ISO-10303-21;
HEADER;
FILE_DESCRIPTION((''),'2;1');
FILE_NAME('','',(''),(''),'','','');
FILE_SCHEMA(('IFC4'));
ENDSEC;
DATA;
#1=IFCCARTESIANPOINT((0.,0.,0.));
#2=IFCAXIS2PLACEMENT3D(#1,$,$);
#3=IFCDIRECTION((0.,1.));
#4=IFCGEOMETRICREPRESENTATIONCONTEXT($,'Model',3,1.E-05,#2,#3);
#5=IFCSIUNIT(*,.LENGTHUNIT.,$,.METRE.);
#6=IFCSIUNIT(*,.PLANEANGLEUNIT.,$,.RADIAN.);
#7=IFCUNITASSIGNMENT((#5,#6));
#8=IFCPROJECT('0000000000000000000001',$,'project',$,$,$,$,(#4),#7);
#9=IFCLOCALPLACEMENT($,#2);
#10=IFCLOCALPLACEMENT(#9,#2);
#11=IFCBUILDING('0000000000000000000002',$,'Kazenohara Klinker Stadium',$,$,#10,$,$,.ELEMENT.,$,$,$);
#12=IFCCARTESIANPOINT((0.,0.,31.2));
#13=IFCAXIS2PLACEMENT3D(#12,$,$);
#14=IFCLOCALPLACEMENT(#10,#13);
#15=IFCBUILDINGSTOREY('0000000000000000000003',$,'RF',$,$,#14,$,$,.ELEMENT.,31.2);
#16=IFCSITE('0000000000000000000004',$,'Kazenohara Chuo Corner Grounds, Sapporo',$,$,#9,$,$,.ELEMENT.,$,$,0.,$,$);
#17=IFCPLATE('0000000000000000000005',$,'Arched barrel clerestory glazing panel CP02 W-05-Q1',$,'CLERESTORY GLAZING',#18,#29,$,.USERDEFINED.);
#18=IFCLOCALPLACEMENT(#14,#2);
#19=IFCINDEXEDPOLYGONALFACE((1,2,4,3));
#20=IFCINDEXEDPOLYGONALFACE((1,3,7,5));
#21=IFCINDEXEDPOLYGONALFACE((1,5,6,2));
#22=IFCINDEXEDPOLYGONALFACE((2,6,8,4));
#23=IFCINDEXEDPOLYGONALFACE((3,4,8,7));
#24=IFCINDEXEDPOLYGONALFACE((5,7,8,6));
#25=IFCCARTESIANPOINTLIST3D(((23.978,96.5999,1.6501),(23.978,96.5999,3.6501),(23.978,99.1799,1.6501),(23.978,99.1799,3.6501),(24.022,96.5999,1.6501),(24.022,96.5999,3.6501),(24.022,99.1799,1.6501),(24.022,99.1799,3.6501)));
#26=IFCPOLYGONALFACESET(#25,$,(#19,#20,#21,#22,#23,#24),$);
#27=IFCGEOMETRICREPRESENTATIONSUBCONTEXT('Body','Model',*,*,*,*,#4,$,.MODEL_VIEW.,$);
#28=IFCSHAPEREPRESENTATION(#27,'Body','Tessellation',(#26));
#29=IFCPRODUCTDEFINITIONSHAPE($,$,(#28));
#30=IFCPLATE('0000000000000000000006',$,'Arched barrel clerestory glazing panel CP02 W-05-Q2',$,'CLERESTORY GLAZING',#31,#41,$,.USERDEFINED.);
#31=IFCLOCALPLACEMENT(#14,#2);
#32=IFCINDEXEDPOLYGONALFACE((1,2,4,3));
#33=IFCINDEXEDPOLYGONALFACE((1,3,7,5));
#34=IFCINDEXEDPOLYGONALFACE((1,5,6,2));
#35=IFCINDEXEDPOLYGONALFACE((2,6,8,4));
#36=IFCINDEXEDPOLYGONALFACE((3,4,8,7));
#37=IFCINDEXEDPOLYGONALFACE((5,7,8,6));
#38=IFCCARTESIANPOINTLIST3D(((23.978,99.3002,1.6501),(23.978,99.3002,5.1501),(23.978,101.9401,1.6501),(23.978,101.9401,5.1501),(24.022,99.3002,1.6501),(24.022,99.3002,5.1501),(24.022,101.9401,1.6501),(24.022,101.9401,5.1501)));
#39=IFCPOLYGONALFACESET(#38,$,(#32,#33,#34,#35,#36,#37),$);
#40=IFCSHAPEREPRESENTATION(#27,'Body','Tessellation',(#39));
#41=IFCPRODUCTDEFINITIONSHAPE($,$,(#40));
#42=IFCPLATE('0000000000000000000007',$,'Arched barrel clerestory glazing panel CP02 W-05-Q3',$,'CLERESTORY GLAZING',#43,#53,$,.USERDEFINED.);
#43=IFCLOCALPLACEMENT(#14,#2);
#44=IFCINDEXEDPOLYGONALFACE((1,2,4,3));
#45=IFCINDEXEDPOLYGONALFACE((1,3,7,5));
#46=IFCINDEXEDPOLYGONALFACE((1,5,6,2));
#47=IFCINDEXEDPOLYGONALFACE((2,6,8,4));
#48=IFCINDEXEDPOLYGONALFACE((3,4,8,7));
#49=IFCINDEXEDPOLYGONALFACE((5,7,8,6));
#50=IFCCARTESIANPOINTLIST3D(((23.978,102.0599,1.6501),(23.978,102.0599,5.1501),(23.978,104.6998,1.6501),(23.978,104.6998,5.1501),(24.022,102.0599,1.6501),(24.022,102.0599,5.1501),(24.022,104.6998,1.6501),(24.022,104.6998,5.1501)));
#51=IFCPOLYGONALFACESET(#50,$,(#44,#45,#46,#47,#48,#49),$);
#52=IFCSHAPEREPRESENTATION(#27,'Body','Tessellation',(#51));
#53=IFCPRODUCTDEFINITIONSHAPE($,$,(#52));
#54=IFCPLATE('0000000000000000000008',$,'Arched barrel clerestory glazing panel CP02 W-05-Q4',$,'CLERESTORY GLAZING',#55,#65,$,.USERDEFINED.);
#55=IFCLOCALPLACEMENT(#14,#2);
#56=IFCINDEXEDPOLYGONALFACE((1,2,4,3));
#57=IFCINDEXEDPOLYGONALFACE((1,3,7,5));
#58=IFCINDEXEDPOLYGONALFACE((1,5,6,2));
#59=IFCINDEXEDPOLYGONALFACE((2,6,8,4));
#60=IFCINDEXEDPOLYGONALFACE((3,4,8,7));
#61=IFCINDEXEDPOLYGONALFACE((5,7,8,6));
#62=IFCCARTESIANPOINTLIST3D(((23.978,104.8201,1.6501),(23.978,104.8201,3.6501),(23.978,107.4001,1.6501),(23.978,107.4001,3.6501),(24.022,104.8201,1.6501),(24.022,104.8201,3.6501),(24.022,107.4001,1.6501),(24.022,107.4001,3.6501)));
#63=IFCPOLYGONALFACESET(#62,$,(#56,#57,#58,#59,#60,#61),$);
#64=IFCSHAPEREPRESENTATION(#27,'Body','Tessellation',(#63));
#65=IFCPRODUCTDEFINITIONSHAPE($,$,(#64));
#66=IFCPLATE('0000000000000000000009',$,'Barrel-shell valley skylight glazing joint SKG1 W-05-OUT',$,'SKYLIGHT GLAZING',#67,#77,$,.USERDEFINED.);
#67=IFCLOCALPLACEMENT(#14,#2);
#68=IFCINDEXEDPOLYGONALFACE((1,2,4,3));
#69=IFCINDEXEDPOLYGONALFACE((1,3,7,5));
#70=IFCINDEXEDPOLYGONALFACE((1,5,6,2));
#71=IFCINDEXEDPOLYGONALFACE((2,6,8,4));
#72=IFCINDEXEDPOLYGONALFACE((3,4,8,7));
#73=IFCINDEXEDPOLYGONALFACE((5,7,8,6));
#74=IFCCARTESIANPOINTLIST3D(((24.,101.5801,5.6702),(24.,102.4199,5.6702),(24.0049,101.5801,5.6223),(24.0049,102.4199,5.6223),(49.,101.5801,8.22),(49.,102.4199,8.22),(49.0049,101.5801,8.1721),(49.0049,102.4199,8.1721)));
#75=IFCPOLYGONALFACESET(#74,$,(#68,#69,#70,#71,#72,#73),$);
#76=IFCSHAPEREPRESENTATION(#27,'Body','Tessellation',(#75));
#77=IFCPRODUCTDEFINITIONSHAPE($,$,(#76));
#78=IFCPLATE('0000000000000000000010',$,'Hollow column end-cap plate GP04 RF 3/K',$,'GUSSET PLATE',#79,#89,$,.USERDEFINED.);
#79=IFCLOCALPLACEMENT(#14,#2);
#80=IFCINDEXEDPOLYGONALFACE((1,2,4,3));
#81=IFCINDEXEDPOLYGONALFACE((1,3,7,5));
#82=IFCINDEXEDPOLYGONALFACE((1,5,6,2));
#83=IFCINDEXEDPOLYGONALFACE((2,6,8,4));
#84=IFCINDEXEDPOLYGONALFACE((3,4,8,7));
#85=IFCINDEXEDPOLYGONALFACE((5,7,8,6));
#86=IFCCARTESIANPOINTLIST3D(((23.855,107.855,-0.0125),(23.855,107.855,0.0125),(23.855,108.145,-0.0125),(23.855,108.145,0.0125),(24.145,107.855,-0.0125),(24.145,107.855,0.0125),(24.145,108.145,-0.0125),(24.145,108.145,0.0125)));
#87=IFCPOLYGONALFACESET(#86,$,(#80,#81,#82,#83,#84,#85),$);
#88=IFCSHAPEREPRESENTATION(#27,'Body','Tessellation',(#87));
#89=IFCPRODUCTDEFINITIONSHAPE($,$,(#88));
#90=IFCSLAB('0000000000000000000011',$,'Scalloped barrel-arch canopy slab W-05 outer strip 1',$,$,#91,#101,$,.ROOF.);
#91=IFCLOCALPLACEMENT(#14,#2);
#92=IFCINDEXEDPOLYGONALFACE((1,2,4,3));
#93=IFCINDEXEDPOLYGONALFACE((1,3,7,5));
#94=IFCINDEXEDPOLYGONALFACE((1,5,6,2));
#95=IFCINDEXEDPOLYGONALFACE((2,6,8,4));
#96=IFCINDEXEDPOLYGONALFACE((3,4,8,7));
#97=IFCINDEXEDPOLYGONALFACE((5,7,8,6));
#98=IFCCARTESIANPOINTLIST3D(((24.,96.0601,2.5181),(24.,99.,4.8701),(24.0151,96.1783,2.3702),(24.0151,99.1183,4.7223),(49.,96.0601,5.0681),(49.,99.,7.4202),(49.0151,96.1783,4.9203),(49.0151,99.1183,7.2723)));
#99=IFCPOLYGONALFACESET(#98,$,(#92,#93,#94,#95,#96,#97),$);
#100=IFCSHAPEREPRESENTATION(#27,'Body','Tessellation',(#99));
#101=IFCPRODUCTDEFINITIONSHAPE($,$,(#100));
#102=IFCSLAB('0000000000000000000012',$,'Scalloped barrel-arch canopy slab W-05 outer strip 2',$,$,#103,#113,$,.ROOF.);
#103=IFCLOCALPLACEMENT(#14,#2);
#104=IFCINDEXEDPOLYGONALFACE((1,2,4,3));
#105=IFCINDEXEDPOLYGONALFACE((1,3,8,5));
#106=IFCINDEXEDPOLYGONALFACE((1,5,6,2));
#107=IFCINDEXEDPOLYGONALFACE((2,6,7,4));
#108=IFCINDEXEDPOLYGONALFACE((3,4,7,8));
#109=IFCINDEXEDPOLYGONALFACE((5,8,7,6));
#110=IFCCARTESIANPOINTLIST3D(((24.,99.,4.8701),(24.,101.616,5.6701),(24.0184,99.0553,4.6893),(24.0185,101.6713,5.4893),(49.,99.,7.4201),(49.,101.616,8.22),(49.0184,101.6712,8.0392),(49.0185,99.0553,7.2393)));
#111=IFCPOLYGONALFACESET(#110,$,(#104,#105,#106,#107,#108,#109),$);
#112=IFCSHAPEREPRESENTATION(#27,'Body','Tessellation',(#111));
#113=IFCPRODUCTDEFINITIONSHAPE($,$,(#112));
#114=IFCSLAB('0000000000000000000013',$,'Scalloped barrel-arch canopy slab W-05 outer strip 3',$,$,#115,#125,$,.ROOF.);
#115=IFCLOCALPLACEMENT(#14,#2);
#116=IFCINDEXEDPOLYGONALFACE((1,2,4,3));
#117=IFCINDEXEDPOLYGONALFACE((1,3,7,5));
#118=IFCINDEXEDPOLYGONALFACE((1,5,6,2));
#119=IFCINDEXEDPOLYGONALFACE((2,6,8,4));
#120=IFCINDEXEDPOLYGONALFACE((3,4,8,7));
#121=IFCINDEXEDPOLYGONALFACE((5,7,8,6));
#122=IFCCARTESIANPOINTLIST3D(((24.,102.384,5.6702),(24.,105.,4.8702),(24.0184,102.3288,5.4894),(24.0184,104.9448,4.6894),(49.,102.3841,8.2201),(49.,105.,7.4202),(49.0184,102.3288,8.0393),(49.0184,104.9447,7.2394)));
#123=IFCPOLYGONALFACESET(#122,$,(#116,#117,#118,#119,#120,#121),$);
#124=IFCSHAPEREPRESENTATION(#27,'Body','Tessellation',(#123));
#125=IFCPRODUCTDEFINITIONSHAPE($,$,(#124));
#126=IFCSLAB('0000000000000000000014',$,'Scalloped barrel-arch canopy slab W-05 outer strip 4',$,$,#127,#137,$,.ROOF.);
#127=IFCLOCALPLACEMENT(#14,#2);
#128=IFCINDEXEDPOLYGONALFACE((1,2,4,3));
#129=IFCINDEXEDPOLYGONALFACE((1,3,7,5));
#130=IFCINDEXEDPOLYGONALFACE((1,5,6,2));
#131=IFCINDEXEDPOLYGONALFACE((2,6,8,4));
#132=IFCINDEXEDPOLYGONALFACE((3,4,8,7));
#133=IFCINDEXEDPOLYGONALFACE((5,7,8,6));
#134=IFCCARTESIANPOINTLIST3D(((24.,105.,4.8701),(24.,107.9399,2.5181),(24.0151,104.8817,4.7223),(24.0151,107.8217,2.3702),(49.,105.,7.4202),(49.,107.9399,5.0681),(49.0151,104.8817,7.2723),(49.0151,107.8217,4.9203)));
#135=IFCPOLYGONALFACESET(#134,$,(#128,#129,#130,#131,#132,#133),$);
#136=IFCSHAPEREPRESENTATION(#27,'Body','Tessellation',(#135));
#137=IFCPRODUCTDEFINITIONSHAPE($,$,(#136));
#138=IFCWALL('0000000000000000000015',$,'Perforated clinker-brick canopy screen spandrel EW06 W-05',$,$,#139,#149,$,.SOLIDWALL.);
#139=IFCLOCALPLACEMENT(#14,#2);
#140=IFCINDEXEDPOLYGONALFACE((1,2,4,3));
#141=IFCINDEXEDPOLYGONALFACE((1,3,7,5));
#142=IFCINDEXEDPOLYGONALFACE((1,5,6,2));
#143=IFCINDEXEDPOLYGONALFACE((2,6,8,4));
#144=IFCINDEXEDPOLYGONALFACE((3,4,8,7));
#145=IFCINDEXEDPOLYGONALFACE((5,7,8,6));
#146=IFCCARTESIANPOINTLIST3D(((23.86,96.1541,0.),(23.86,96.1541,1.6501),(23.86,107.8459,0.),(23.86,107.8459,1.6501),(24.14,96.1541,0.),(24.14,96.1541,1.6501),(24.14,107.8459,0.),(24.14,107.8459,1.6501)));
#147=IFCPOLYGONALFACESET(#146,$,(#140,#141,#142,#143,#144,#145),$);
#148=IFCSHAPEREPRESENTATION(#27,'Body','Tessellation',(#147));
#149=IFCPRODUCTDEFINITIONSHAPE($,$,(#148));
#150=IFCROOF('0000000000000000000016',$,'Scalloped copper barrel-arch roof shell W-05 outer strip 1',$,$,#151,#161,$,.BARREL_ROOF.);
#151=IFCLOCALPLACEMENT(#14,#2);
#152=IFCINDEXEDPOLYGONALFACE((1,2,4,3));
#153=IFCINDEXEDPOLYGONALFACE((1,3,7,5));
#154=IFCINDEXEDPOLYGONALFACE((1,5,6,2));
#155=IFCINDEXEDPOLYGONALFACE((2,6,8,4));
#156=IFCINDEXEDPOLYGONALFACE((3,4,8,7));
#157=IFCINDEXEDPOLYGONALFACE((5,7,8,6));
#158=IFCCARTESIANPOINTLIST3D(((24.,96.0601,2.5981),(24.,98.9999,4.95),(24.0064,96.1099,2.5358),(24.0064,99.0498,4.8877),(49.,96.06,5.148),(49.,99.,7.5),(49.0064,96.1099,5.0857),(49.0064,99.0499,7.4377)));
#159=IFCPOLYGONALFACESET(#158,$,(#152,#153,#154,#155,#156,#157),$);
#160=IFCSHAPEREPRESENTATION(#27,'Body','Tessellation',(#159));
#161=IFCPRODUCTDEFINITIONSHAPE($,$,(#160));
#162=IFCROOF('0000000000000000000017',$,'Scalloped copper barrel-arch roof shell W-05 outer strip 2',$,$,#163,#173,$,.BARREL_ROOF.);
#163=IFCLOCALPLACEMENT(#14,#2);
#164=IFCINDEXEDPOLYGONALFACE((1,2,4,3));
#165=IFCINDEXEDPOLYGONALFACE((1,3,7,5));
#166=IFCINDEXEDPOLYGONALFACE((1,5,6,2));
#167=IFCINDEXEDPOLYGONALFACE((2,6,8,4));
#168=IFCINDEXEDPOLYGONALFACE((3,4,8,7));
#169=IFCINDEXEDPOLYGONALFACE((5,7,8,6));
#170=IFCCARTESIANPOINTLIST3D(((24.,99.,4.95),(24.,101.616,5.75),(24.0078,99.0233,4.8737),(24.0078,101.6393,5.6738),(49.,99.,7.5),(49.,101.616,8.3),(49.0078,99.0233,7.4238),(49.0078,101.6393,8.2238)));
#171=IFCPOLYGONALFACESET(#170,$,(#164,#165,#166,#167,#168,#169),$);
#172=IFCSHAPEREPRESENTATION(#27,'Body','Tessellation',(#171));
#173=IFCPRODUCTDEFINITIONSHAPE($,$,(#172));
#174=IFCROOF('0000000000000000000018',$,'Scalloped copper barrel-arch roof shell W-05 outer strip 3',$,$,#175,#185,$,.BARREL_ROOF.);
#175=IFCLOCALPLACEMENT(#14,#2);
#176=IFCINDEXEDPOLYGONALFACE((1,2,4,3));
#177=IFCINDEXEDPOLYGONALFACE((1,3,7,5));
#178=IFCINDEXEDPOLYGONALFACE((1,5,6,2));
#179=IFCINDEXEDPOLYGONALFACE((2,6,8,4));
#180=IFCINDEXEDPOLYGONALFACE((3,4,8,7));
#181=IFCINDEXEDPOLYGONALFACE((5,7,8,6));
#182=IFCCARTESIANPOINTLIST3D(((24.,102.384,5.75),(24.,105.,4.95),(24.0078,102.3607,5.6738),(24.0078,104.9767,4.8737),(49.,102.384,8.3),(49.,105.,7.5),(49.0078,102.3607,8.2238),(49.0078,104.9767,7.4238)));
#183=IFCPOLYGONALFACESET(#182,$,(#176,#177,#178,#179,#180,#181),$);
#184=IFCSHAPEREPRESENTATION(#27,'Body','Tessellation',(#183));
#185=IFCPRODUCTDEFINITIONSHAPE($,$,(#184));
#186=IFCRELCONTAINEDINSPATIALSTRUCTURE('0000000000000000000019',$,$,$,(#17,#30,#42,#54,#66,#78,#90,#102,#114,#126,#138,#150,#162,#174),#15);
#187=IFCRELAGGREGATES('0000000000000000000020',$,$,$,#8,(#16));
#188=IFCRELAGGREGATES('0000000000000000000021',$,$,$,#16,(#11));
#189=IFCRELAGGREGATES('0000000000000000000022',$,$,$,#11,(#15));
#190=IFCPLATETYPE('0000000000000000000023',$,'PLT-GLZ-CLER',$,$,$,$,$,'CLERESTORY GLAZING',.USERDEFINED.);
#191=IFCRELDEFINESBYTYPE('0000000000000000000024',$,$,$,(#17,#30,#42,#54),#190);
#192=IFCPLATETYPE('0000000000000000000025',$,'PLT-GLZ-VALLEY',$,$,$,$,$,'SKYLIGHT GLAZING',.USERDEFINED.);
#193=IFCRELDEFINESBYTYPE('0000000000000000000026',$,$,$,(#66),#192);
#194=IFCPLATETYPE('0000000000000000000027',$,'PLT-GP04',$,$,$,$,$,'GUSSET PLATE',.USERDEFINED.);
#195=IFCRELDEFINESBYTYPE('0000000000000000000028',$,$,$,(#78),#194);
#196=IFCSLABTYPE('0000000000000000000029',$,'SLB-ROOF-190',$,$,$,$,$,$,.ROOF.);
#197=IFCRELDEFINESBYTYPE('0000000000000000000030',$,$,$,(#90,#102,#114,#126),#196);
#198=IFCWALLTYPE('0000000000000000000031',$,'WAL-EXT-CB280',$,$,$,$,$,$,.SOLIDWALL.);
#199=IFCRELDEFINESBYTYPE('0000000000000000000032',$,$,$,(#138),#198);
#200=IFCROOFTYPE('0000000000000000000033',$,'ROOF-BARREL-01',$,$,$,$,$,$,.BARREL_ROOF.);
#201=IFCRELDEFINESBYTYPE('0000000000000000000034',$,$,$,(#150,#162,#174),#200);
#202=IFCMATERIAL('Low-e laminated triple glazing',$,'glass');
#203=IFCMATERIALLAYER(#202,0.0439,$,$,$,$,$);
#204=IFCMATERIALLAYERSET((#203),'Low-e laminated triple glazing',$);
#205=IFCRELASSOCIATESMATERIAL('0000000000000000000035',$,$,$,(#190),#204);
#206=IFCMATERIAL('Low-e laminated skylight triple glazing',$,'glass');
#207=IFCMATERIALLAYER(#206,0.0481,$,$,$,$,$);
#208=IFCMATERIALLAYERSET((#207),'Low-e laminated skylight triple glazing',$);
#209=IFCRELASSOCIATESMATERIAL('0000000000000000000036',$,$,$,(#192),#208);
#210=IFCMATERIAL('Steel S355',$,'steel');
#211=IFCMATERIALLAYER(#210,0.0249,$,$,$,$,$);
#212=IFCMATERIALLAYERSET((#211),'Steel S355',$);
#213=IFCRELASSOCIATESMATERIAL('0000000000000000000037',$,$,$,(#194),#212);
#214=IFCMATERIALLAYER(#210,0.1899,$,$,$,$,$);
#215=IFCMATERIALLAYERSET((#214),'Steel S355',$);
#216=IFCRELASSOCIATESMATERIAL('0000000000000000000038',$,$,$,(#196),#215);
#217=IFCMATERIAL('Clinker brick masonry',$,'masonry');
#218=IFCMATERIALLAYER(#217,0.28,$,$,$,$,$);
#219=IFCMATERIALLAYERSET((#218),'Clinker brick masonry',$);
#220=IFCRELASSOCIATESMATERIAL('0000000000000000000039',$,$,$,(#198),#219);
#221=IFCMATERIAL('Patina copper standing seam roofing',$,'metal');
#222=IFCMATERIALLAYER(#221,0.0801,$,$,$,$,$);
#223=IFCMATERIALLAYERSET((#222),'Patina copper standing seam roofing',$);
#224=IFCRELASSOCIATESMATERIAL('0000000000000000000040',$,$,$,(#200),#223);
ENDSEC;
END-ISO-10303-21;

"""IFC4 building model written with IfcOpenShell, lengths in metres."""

from ifc_helpers import new_model, si_unit, direction, frame, frame_2d, origin, origin_2d, place, context, subcontext, project, spatial, polyline, rectangle, outline, extrude, material, layer, layer_set, type_object, element, save


model = new_model("IFC4")

# Units and contexts
model_context = context("Model", 3, precision=1e-05, world=origin(), true_north=direction((0.0, 1.0)))
body_context = subcontext(model_context, "Body", "Model", "MODEL_VIEW")
ifc_project = project(units=[si_unit("LENGTHUNIT", "METRE"), si_unit("PLANEANGLEUNIT", "RADIAN")], contexts=[model_context])

# Site, building, storey
site_placement = place(None, origin())
site = spatial("IfcSite", under=ifc_project, at=site_placement, Name="Kazenohara Chuo Corner Grounds, Sapporo", CompositionType="ELEMENT", RefElevation=0.0)
building_placement = place(site_placement, origin())
building = spatial("IfcBuilding", under=site, at=building_placement, Name="Kazenohara Klinker Stadium", CompositionType="ELEMENT")
storey_placement = place(building_placement, frame((0.0, 0.0, 31.2)))
storey = spatial("IfcBuildingStorey", under=building, at=storey_placement, Name="RF", CompositionType="ELEMENT", Elevation=31.2)

# Shared definitions
ifc_material_1 = material(Name="Steel S355", Category="steel")

# Plates
ifc_material_2 = material(Name="Low-e laminated triple glazing", Category="glass")
ifc_layer_1 = layer(ifc_material_2, 0.0439)
ifc_layer_set_1 = layer_set([ifc_layer_1], Name="Low-e laminated triple glazing")
plate_type_1 = type_object("IfcPlateType", Name="PLT-GLZ-CLER", ElementType="CLERESTORY GLAZING", PredefinedType="USERDEFINED", material=ifc_layer_set_1)
plate_1_placement = place(storey_placement, frame((24.0, 97.8899, 1.6501), z_axis=(0.0, 0.0, 1.0), x_axis=(1.0, 0.0, 0.0)))
element("IfcPlate", 1, at=plate_1_placement, inside=storey, type_object=plate_type_1, Name="Arched barrel clerestory glazing panel CP02 W-05-Q1", ObjectType="CLERESTORY GLAZING", PredefinedType="USERDEFINED", context=body_context, shape_type="SweptSolid", body=[
    extrude(rectangle(XDim=0.0439, YDim=2.5801, at=origin_2d()), origin(), (0.0, 0.0, 1.0), 2.0),
])
for number, where, z_axis, x_axis, name in (
    (2, (24.0, 100.6201, 1.6501), (0.0, 0.0, 1.0), (1.0, 0.0, 0.0), "Arched barrel clerestory glazing panel CP02 W-05-Q2"),
    (3, (24.0, 103.3799, 1.6501), (0.0, 0.0, 1.0), (1.0, 0.0, 0.0), "Arched barrel clerestory glazing panel CP02 W-05-Q3"),
):
    element("IfcPlate", number, at=place(storey_placement, frame(where, z_axis=z_axis, x_axis=x_axis)), inside=storey, type_object=plate_type_1, Name=name, ObjectType="CLERESTORY GLAZING", PredefinedType="USERDEFINED", context=body_context, shape_type="SweptSolid", body=[
        extrude(rectangle(XDim=0.0439, YDim=2.6399, at=origin_2d()), origin(), (0.0, 0.0, 1.0), 3.5),
    ])
plate_2_placement = place(storey_placement, frame((24.0, 106.1101, 1.6501), z_axis=(0.0, 0.0, 1.0), x_axis=(1.0, 0.0, 0.0)))
element("IfcPlate", 4, at=plate_2_placement, inside=storey, type_object=plate_type_1, Name="Arched barrel clerestory glazing panel CP02 W-05-Q4", ObjectType="CLERESTORY GLAZING", PredefinedType="USERDEFINED", context=body_context, shape_type="SweptSolid", body=[
    extrude(rectangle(XDim=0.0439, YDim=2.5801, at=origin_2d()), origin(), (0.0, 0.0, 1.0), 2.0),
])
ifc_material_3 = material(Name="Low-e laminated skylight triple glazing", Category="glass")
ifc_layer_2 = layer(ifc_material_3, 0.0481)
ifc_layer_set_2 = layer_set([ifc_layer_2], Name="Low-e laminated skylight triple glazing")
plate_type_2 = type_object("IfcPlateType", Name="PLT-GLZ-VALLEY", ElementType="SKYLIGHT GLAZING", PredefinedType="USERDEFINED", material=ifc_layer_set_2)
plate_3_placement = place(storey_placement, frame((24.0, 101.5801, 5.6702), z_axis=(-0.101466, 0.0, 0.994839), x_axis=(0.994839, 0.0, 0.101466)))
element("IfcPlate", 5, at=plate_3_placement, inside=storey, type_object=plate_type_2, Name="Barrel-shell valley skylight glazing joint SKG1 W-05-OUT", ObjectType="SKYLIGHT GLAZING", PredefinedType="USERDEFINED", context=body_context, shape_type="SweptSolid", body=[
    extrude(outline(polyline([(0.0, 0.0), (25.1297, 0.0), (25.1297, 0.8398), (0.0, 0.8398), (0.0, 0.0)])), origin(), (0.0, 0.0, -1.0), 0.0481),
])
ifc_layer_3 = layer(ifc_material_1, 0.0249)
ifc_layer_set_3 = layer_set([ifc_layer_3], Name="Steel S355")
plate_type_3 = type_object("IfcPlateType", Name="PLT-GP04", ElementType="GUSSET PLATE", PredefinedType="USERDEFINED", material=ifc_layer_set_3)
plate_4_placement = place(storey_placement, frame((24.0, 108.0, -0.0125), z_axis=(0.0, 0.0, 1.0), x_axis=(1.0, 0.0, 0.0)))
element("IfcPlate", 6, at=plate_4_placement, inside=storey, type_object=plate_type_3, Name="Hollow column end-cap plate GP04 RF 3/K", ObjectType="GUSSET PLATE", PredefinedType="USERDEFINED", context=body_context, shape_type="SweptSolid", body=[
    extrude(rectangle(XDim=0.29, YDim=0.29, at=origin_2d()), origin(), (0.0, 0.0, 1.0), 0.0249),
])

# Slabs
ifc_layer_4 = layer(ifc_material_1, 0.1899)
ifc_layer_set_4 = layer_set([ifc_layer_4], Name="Steel S355")
slab_type = type_object("IfcSlabType", Name="SLB-ROOF-190", PredefinedType="ROOF", material=ifc_layer_set_4)
slab_1_placement = place(storey_placement, frame((24.0, 96.0601, 2.5181), z_axis=(-0.079397, -0.622739, 0.778391), x_axis=(0.994838, 0.0, 0.101475)))
element("IfcSlab", 7, at=slab_1_placement, inside=storey, type_object=slab_type, Name="Scalloped barrel-arch canopy slab W-05 outer strip 1", PredefinedType="ROOF", context=body_context, shape_type="SweptSolid", body=[
    extrude(outline(polyline([(0.0, 0.0), (25.1297, 0.0), (25.3684, 3.7575), (0.2387, 3.7575), (0.0, 0.0)])), origin(), (0.0, 0.0, -1.0), 0.1899),
])
slab_2_placement = place(storey_placement, frame((24.0, 99.0, 4.8701), z_axis=(-0.097078, -0.291039, 0.951773), x_axis=(0.994838, 0.000001, 0.101471)))
element("IfcSlab", 8, at=slab_2_placement, inside=storey, type_object=slab_type, Name="Scalloped barrel-arch canopy slab W-05 outer strip 2", PredefinedType="ROOF", context=body_context, shape_type="SweptSolid", body=[
    extrude(outline(polyline([(0.0, 0.0), (25.1297, 0.0), (25.2109, 2.7343), (0.0812, 2.7344), (0.0, 0.0)])), origin(), (0.0, 0.0, -1.0), 0.1899),
])
slab_3_placement = place(storey_placement, frame((24.0, 102.384, 5.6702), z_axis=(-0.097078, 0.291039, 0.951773), x_axis=(0.994839, 0.000001, 0.10147)))
element("IfcSlab", 9, at=slab_3_placement, inside=storey, type_object=slab_type, Name="Scalloped barrel-arch canopy slab W-05 outer strip 3", PredefinedType="ROOF", context=body_context, shape_type="SweptSolid", body=[
    extrude(outline(polyline([(0.0, 0.0), (25.1297, 0.0), (25.0485, 2.7343), (-0.0812, 2.7344), (0.0, 0.0)])), origin(), (0.0, 0.0, -1.0), 0.1899),
])
slab_4_placement = place(storey_placement, frame((24.0, 105.0, 4.8701), z_axis=(-0.079397, 0.622739, 0.778391), x_axis=(0.994838, 0.0, 0.101475)))
element("IfcSlab", 10, at=slab_4_placement, inside=storey, type_object=slab_type, Name="Scalloped barrel-arch canopy slab W-05 outer strip 4", PredefinedType="ROOF", context=body_context, shape_type="SweptSolid", body=[
    extrude(outline(polyline([(0.0, 0.0), (25.1297, 0.0), (24.891, 3.7575), (-0.2387, 3.7575), (0.0, 0.0)])), origin(), (0.0, 0.0, -1.0), 0.1899),
])

# Wall
ifc_material_4 = material(Name="Clinker brick masonry", Category="masonry")
ifc_layer_5 = layer(ifc_material_4, 0.28)
ifc_layer_set_5 = layer_set([ifc_layer_5], Name="Clinker brick masonry")
wall_type = type_object("IfcWallType", Name="WAL-EXT-CB280", PredefinedType="SOLIDWALL", material=ifc_layer_set_5)
wall_placement = place(storey_placement, frame((24.0, 96.1541, 0.0), z_axis=(0.0, 0.0, 1.0), x_axis=(0.0, 1.0, 0.0)))
element("IfcWall", 11, at=wall_placement, inside=storey, type_object=wall_type, Name="Perforated clinker-brick canopy screen spandrel EW06 W-05", PredefinedType="SOLIDWALL", context=body_context, shape_type="SweptSolid", body=[
    extrude(rectangle(XDim=11.6919, YDim=0.28, at=frame_2d((5.8459, 0.0))), origin(), (0.0, 0.0, 1.0), 1.6501),
])

# Roofs
ifc_material_5 = material(Name="Patina copper standing seam roofing", Category="metal")
ifc_layer_6 = layer(ifc_material_5, 0.0801)
ifc_layer_set_6 = layer_set([ifc_layer_6], Name="Patina copper standing seam roofing")
roof_type = type_object("IfcRoofType", Name="ROOF-BARREL-01", PredefinedType="BARREL_ROOF", material=ifc_layer_set_6)
roof_1_placement = place(storey_placement, frame((24.0, 96.0601, 2.5981), z_axis=(-0.079395, -0.622719, 0.778407), x_axis=(0.994839, -0.000002, 0.101469)))
element("IfcRoof", 12, at=roof_1_placement, inside=storey, type_object=roof_type, Name="Scalloped copper barrel-arch roof shell W-05 outer strip 1", PredefinedType="BARREL_ROOF", context=body_context, shape_type="SweptSolid", body=[
    extrude(outline(polyline([(0.0, 0.0), (25.1297, 0.0), (25.3683, 3.7575), (0.2386, 3.7573), (0.0, 0.0)])), origin(), (0.0, 0.0, -1.0), 0.0801),
])
roof_2_placement = place(storey_placement, frame((24.0, 99.0, 4.95), z_axis=(-0.097081, -0.29108, 0.95176), x_axis=(0.994838, 0.0, 0.101475)))
element("IfcRoof", 13, at=roof_2_placement, inside=storey, type_object=roof_type, Name="Scalloped copper barrel-arch roof shell W-05 outer strip 2", PredefinedType="BARREL_ROOF", context=body_context, shape_type="SweptSolid", body=[
    extrude(outline(polyline([(0.0, 0.0), (25.1297, 0.0), (25.2109, 2.7344), (0.0812, 2.7344), (0.0, 0.0)])), origin(), (0.0, 0.0, -1.0), 0.0801),
])
roof_3_placement = place(storey_placement, frame((24.0, 102.384, 5.75), z_axis=(-0.097081, 0.29108, 0.95176), x_axis=(0.994838, 0.0, 0.101475)))
element("IfcRoof", 14, at=roof_3_placement, inside=storey, type_object=roof_type, Name="Scalloped copper barrel-arch roof shell W-05 outer strip 3", PredefinedType="BARREL_ROOF", context=body_context, shape_type="SweptSolid", body=[
    extrude(outline(polyline([(0.0, 0.0), (25.1297, 0.0), (25.0485, 2.7344), (-0.0812, 2.7344), (0.0, 0.0)])), origin(), (0.0, 0.0, -1.0), 0.0801),
])

save(model, "model.ifc")
